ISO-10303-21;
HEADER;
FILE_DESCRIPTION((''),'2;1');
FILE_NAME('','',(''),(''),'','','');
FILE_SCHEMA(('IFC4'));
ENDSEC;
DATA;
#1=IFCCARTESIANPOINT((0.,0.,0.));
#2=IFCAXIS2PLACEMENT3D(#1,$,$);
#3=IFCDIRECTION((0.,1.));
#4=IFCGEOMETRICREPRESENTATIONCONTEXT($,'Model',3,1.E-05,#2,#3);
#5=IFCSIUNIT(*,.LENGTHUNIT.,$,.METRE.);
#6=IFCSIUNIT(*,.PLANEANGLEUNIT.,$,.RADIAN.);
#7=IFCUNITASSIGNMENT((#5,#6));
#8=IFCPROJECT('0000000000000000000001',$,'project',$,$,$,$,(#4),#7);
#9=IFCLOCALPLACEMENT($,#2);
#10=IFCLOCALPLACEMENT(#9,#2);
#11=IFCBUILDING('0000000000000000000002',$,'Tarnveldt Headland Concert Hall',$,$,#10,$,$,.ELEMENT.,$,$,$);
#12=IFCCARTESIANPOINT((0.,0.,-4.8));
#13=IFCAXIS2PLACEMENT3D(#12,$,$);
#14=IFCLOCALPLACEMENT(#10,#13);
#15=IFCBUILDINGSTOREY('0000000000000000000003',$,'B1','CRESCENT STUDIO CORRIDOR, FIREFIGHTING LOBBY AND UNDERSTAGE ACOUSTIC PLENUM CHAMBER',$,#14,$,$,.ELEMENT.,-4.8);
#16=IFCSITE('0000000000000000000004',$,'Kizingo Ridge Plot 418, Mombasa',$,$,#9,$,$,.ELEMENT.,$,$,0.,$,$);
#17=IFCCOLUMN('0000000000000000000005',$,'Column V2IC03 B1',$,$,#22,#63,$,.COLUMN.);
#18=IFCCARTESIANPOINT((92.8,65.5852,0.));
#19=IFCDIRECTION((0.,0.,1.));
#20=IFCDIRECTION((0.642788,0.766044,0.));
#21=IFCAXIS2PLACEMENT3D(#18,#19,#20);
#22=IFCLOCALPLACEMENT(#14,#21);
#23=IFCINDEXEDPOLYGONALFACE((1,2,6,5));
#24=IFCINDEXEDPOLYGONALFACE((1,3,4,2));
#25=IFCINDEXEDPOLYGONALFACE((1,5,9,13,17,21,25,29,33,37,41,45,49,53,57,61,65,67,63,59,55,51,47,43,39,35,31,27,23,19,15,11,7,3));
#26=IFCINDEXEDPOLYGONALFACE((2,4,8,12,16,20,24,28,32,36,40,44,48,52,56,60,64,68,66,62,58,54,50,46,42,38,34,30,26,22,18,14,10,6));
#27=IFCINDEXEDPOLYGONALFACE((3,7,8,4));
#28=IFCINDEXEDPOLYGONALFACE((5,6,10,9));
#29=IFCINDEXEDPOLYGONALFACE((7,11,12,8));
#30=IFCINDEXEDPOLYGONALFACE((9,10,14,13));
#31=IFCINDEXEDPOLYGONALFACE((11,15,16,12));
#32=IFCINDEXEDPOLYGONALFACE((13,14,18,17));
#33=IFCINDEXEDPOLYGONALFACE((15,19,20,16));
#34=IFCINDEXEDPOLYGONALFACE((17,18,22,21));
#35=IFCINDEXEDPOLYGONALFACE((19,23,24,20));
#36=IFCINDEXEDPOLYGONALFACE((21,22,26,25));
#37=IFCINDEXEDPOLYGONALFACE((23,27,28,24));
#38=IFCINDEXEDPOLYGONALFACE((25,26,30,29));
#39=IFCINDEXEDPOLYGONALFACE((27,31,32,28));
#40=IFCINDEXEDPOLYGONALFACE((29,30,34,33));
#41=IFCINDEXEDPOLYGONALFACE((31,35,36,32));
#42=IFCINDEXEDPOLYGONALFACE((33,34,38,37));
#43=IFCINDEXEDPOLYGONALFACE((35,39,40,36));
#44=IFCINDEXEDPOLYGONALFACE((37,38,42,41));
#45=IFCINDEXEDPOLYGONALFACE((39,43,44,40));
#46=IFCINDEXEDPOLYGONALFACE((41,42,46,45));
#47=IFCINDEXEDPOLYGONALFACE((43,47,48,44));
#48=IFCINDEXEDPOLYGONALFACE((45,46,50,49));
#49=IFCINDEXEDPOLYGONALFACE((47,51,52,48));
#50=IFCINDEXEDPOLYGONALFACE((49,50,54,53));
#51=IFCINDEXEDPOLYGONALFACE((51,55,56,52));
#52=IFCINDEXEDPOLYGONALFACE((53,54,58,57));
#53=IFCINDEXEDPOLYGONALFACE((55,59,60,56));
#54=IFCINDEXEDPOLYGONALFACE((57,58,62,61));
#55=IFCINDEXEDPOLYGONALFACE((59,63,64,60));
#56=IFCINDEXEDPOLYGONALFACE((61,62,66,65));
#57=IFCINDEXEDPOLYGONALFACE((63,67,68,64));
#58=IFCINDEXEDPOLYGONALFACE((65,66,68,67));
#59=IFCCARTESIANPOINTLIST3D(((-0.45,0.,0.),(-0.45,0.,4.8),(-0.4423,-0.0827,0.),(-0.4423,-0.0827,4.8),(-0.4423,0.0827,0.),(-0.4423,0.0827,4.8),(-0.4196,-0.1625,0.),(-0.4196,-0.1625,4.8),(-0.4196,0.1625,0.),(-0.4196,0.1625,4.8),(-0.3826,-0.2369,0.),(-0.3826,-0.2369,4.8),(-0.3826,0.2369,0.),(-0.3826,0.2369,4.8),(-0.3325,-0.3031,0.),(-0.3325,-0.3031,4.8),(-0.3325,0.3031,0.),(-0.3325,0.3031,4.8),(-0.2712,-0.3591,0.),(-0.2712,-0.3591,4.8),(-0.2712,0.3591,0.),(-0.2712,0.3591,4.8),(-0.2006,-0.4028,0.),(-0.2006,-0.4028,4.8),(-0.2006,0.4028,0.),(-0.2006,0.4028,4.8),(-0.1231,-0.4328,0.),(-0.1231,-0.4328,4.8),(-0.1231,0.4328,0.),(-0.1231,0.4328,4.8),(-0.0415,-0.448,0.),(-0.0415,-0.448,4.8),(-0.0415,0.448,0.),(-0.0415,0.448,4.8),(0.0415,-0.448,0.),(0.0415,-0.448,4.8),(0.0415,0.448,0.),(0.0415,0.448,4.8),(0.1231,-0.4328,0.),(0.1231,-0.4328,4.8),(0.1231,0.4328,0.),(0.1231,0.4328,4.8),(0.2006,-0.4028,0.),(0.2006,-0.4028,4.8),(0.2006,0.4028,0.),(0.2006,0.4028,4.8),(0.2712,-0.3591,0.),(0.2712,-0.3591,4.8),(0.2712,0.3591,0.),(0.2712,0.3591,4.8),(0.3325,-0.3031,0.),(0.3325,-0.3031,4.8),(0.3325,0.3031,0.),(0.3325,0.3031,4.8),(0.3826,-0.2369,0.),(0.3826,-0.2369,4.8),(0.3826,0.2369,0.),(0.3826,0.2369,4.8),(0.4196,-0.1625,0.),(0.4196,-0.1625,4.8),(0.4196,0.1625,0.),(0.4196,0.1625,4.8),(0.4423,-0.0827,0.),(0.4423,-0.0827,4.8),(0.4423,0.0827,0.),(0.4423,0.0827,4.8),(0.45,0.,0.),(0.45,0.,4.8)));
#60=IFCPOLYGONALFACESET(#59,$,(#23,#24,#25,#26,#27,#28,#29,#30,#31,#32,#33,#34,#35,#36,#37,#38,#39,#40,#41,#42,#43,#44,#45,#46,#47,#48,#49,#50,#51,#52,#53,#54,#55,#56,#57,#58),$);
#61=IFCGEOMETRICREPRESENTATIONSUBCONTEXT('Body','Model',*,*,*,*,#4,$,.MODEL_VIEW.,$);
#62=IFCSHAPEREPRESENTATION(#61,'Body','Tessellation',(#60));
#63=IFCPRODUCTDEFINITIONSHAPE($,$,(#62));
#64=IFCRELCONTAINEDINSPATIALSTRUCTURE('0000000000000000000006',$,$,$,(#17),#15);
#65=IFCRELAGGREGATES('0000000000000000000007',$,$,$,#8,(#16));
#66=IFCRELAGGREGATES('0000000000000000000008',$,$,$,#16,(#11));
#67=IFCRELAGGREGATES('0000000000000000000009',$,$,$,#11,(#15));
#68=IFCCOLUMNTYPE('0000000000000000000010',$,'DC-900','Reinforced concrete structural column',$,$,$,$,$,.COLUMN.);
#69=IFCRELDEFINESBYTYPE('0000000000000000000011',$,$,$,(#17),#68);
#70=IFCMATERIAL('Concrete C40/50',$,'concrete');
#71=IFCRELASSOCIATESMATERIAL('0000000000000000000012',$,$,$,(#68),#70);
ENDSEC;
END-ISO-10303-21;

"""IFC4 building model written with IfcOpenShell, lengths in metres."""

from ifc_helpers import new_model, si_unit, direction, frame, origin, origin_2d, place, context, subcontext, project, spatial, circle, extrude, material, material_profile, profile_set, type_object, element, save


model = new_model("IFC4")

# Units and contexts
model_context = context("Model", 3, precision=1e-05, world=origin(), true_north=direction((0.0, 1.0)))
body_context = subcontext(model_context, "Body", "Model", "MODEL_VIEW")
ifc_project = project(units=[si_unit("LENGTHUNIT", "METRE"), si_unit("PLANEANGLEUNIT", "RADIAN")], contexts=[model_context])

# Site, building, storey
site_placement = place(None, origin())
site = spatial("IfcSite", under=ifc_project, at=site_placement, Name="Kizingo Ridge Plot 418, Mombasa", CompositionType="ELEMENT", RefElevation=0.0)
building_placement = place(site_placement, origin())
building = spatial("IfcBuilding", under=site, at=building_placement, Name="Tarnveldt Headland Concert Hall", CompositionType="ELEMENT")
storey_placement = place(building_placement, frame((0.0, 0.0, -4.8)))
storey = spatial("IfcBuildingStorey", under=building, at=storey_placement, Name="B1", Description="CRESCENT STUDIO CORRIDOR, FIREFIGHTING LOBBY AND UNDERSTAGE ACOUSTIC PLENUM CHAMBER", CompositionType="ELEMENT", Elevation=-4.8)

# Shared definitions
ifc_material_1 = material(Name="Concrete C40/50", Category="concrete")

# Column
ifc_material_profile_1 = material_profile(ifc_material_1, circle(Radius=0.45, at=origin_2d()), Name="RC D900", Category="concrete")
ifc_profile_set_1 = profile_set([ifc_material_profile_1], Name="Concrete C40/50")
column_type_1 = type_object("IfcColumnType", Name="DC-900", Description="Reinforced concrete structural column", PredefinedType="COLUMN", material=ifc_profile_set_1)
for number, where, z_axis, x_axis, name in (
    (1, (92.8, 65.5852, 0.0), (0.0, 0.0, 1.0), (0.642788, 0.766044, 0.0), "Column V2IC03 B1"),
):
    element("IfcColumn", number, at=place(storey_placement, frame(where, z_axis=z_axis, x_axis=x_axis)), inside=storey, type_object=column_type_1, Name=name, PredefinedType="COLUMN", context=body_context, shape_type="SweptSolid", body=[
        extrude(circle(Radius=0.45, at=origin_2d()), origin(), (0.0, 0.0, 1.0), 4.8),
    ])

save(model, "model.ifc")
